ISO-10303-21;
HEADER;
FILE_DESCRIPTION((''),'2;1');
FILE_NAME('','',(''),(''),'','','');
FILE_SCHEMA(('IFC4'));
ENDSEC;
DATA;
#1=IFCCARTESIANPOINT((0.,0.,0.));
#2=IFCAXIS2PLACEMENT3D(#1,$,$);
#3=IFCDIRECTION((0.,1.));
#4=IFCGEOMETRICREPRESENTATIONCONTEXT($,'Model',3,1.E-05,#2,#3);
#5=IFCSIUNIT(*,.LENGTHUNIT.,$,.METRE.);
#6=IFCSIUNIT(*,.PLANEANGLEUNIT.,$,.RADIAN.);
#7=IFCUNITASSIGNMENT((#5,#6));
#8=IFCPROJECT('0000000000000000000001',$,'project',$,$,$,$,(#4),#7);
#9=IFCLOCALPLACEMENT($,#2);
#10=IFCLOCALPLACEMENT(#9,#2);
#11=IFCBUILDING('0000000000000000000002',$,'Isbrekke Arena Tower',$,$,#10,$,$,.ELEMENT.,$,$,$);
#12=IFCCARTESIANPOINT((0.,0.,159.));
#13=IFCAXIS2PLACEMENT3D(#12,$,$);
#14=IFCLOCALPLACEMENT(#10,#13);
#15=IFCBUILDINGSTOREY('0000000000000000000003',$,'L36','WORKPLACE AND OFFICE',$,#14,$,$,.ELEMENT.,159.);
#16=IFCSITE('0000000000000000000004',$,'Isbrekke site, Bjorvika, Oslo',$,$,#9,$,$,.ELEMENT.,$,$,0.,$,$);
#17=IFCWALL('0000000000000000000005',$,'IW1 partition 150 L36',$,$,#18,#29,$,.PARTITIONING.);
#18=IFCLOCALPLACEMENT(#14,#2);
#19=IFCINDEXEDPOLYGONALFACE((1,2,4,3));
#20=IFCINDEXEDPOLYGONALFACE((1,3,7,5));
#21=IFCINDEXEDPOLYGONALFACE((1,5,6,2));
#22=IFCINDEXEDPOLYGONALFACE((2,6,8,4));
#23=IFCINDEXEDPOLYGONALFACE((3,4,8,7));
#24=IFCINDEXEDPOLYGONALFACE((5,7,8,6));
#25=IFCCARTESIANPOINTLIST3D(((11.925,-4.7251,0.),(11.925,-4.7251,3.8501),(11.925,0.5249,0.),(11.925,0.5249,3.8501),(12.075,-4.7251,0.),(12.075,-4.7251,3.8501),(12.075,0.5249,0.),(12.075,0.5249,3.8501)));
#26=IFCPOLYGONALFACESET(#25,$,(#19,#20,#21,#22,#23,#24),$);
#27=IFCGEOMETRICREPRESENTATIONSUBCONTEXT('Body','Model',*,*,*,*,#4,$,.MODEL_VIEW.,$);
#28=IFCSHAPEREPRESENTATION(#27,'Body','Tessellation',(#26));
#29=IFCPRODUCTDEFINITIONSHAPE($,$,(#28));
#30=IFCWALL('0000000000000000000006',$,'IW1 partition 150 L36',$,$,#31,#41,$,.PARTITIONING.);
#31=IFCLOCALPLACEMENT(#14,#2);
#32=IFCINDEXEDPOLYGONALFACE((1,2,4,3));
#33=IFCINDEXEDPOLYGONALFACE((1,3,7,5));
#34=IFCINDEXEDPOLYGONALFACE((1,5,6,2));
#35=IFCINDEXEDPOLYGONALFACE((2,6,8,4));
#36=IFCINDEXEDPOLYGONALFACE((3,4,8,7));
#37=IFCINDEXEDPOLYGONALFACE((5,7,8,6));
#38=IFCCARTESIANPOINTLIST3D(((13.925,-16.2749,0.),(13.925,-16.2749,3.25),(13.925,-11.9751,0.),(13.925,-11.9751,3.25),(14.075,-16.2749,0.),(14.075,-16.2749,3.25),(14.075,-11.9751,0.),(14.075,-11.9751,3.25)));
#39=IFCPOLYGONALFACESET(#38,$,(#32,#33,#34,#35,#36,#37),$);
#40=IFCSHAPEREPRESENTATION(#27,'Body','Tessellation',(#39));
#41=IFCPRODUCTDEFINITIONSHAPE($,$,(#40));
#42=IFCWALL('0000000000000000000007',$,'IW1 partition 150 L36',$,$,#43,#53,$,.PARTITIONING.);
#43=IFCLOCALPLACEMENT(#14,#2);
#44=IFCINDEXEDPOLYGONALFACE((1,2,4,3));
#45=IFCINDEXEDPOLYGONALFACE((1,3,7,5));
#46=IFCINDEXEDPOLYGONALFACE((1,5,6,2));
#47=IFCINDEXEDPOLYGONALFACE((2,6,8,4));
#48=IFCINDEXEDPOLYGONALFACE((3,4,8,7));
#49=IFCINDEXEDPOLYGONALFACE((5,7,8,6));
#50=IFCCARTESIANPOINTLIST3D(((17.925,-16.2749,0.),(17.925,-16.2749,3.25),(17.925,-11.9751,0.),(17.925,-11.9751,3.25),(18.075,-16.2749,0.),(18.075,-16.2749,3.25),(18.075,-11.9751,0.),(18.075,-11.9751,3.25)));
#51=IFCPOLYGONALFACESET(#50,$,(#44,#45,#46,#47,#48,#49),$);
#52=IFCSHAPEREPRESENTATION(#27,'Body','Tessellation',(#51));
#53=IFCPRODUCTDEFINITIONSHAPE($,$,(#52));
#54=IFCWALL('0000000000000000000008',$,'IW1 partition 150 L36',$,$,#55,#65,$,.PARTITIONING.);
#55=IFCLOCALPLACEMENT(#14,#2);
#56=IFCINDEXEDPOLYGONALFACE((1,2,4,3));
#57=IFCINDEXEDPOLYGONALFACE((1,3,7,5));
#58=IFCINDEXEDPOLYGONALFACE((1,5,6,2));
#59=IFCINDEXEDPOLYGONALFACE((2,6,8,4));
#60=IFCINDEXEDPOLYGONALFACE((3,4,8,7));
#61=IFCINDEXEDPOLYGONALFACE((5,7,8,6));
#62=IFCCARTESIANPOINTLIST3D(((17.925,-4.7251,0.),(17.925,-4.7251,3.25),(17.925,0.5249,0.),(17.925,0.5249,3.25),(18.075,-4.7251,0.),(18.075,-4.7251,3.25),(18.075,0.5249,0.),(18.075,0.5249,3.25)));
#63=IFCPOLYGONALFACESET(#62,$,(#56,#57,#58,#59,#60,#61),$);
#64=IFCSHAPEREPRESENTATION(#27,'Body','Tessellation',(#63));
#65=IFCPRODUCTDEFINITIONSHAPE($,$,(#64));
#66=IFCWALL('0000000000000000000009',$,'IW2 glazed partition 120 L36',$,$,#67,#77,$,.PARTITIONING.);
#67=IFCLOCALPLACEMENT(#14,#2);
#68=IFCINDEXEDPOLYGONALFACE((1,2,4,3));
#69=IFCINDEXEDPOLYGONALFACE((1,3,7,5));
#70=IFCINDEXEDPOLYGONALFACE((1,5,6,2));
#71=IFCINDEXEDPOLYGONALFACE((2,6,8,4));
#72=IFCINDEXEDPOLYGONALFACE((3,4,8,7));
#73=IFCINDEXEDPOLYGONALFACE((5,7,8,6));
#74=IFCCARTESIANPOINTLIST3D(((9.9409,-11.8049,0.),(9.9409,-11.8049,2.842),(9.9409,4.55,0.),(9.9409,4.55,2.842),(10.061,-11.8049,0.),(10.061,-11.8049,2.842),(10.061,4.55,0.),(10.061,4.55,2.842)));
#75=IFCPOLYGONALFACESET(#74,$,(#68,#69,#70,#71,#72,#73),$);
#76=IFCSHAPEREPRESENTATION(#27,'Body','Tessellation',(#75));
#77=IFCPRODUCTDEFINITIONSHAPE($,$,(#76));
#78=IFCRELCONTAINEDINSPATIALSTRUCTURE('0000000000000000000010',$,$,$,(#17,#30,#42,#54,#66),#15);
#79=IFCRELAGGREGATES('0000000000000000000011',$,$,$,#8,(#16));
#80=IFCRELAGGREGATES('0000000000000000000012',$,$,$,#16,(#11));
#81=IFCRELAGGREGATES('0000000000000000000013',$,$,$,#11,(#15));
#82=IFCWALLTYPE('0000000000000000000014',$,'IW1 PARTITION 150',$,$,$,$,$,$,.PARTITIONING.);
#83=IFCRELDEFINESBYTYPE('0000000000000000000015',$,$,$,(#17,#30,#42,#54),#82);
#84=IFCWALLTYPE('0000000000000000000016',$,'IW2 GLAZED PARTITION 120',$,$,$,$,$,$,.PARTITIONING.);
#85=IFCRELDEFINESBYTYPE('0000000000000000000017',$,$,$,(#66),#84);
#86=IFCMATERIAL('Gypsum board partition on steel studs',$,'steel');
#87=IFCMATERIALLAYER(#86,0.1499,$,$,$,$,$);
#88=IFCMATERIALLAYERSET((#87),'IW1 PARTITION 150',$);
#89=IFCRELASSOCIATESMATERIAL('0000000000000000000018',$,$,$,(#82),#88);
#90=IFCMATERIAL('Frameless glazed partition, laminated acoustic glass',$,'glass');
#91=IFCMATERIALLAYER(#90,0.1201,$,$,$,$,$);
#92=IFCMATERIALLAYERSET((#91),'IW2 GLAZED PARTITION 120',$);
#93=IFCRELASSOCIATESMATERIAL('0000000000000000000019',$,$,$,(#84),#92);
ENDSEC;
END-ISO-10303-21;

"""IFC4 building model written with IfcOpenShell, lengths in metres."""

from ifc_helpers import new_model, si_unit, direction, frame, frame_2d, origin, place, context, subcontext, project, spatial, rectangle, extrude, material, layer, layer_set, type_object, element, save


model = new_model("IFC4")

# Units and contexts
model_context = context("Model", 3, precision=1e-05, world=origin(), true_north=direction((0.0, 1.0)))
body_context = subcontext(model_context, "Body", "Model", "MODEL_VIEW")
ifc_project = project(units=[si_unit("LENGTHUNIT", "METRE"), si_unit("PLANEANGLEUNIT", "RADIAN")], contexts=[model_context])

# Site, building, storey
site_placement = place(None, origin())
site = spatial("IfcSite", under=ifc_project, at=site_placement, Name="Isbrekke site, Bjorvika, Oslo", CompositionType="ELEMENT", RefElevation=0.0)
building_placement = place(site_placement, origin())
building = spatial("IfcBuilding", under=site, at=building_placement, Name="Isbrekke Arena Tower", CompositionType="ELEMENT")
storey_placement = place(building_placement, frame((0.0, 0.0, 159.0)))
storey = spatial("IfcBuildingStorey", under=building, at=storey_placement, Name="L36", Description="WORKPLACE AND OFFICE", CompositionType="ELEMENT", Elevation=159.0)

# Shared definitions
ifc_material_1 = material(Name="Gypsum board partition on steel studs", Category="steel")
ifc_layer_1 = layer(ifc_material_1, 0.1499)
ifc_layer_set_1 = layer_set([ifc_layer_1], Name="IW1 PARTITION 150")
wall_type_1 = type_object("IfcWallType", Name="IW1 PARTITION 150", PredefinedType="PARTITIONING", material=ifc_layer_set_1)

# Walls
wall_1_placement = place(storey_placement, frame((12.0, -4.7251, 0.0), z_axis=(0.0, 0.0, 1.0), x_axis=(0.0, 1.0, 0.0)))
element("IfcWall", 1, at=wall_1_placement, inside=storey, type_object=wall_type_1, Name="IW1 partition 150 L36", PredefinedType="PARTITIONING", context=body_context, shape_type="SweptSolid", body=[
    extrude(rectangle(XDim=5.25, YDim=0.1499, at=frame_2d((2.625, 0.0))), origin(), (0.0, 0.0, 1.0), 3.8501),
])
for number, where, z_axis, x_axis, name in (
    (2, (14.0, -16.2749, 0.0), (0.0, 0.0, 1.0), (0.0, 1.0, 0.0), "IW1 partition 150 L36"),
    (3, (18.0, -16.2749, 0.0), (0.0, 0.0, 1.0), (0.0, 1.0, 0.0), "IW1 partition 150 L36"),
):
    element("IfcWall", number, at=place(storey_placement, frame(where, z_axis=z_axis, x_axis=x_axis)), inside=storey, type_object=wall_type_1, Name=name, PredefinedType="PARTITIONING", context=body_context, shape_type="SweptSolid", body=[
        extrude(rectangle(XDim=4.2998, YDim=0.1499, at=frame_2d((2.1499, 0.0))), origin(), (0.0, 0.0, 1.0), 3.25),
    ])
wall_2_placement = place(storey_placement, frame((18.0, -4.7251, 0.0), z_axis=(0.0, 0.0, 1.0), x_axis=(0.0, 1.0, 0.0)))
element("IfcWall", 4, at=wall_2_placement, inside=storey, type_object=wall_type_1, Name="IW1 partition 150 L36", PredefinedType="PARTITIONING", context=body_context, shape_type="SweptSolid", body=[
    extrude(rectangle(XDim=5.25, YDim=0.1499, at=frame_2d((2.625, 0.0))), origin(), (0.0, 0.0, 1.0), 3.25),
])
ifc_material_2 = material(Name="Frameless glazed partition, laminated acoustic glass", Category="glass")
ifc_layer_2 = layer(ifc_material_2, 0.1201)
ifc_layer_set_2 = layer_set([ifc_layer_2], Name="IW2 GLAZED PARTITION 120")
wall_type_2 = type_object("IfcWallType", Name="IW2 GLAZED PARTITION 120", PredefinedType="PARTITIONING", material=ifc_layer_set_2)
wall_3_placement = place(storey_placement, frame((10.001, -11.8049, 0.0), z_axis=(0.0, 0.0, 1.0), x_axis=(0.0, 1.0, 0.0)))
element("IfcWall", 5, at=wall_3_placement, inside=storey, type_object=wall_type_2, Name="IW2 glazed partition 120 L36", PredefinedType="PARTITIONING", context=body_context, shape_type="SweptSolid", body=[
    extrude(rectangle(XDim=16.355, YDim=0.1201, at=frame_2d((8.1775, 0.0))), origin(), (0.0, 0.0, 1.0), 2.842),
])

save(model, "model.ifc")
